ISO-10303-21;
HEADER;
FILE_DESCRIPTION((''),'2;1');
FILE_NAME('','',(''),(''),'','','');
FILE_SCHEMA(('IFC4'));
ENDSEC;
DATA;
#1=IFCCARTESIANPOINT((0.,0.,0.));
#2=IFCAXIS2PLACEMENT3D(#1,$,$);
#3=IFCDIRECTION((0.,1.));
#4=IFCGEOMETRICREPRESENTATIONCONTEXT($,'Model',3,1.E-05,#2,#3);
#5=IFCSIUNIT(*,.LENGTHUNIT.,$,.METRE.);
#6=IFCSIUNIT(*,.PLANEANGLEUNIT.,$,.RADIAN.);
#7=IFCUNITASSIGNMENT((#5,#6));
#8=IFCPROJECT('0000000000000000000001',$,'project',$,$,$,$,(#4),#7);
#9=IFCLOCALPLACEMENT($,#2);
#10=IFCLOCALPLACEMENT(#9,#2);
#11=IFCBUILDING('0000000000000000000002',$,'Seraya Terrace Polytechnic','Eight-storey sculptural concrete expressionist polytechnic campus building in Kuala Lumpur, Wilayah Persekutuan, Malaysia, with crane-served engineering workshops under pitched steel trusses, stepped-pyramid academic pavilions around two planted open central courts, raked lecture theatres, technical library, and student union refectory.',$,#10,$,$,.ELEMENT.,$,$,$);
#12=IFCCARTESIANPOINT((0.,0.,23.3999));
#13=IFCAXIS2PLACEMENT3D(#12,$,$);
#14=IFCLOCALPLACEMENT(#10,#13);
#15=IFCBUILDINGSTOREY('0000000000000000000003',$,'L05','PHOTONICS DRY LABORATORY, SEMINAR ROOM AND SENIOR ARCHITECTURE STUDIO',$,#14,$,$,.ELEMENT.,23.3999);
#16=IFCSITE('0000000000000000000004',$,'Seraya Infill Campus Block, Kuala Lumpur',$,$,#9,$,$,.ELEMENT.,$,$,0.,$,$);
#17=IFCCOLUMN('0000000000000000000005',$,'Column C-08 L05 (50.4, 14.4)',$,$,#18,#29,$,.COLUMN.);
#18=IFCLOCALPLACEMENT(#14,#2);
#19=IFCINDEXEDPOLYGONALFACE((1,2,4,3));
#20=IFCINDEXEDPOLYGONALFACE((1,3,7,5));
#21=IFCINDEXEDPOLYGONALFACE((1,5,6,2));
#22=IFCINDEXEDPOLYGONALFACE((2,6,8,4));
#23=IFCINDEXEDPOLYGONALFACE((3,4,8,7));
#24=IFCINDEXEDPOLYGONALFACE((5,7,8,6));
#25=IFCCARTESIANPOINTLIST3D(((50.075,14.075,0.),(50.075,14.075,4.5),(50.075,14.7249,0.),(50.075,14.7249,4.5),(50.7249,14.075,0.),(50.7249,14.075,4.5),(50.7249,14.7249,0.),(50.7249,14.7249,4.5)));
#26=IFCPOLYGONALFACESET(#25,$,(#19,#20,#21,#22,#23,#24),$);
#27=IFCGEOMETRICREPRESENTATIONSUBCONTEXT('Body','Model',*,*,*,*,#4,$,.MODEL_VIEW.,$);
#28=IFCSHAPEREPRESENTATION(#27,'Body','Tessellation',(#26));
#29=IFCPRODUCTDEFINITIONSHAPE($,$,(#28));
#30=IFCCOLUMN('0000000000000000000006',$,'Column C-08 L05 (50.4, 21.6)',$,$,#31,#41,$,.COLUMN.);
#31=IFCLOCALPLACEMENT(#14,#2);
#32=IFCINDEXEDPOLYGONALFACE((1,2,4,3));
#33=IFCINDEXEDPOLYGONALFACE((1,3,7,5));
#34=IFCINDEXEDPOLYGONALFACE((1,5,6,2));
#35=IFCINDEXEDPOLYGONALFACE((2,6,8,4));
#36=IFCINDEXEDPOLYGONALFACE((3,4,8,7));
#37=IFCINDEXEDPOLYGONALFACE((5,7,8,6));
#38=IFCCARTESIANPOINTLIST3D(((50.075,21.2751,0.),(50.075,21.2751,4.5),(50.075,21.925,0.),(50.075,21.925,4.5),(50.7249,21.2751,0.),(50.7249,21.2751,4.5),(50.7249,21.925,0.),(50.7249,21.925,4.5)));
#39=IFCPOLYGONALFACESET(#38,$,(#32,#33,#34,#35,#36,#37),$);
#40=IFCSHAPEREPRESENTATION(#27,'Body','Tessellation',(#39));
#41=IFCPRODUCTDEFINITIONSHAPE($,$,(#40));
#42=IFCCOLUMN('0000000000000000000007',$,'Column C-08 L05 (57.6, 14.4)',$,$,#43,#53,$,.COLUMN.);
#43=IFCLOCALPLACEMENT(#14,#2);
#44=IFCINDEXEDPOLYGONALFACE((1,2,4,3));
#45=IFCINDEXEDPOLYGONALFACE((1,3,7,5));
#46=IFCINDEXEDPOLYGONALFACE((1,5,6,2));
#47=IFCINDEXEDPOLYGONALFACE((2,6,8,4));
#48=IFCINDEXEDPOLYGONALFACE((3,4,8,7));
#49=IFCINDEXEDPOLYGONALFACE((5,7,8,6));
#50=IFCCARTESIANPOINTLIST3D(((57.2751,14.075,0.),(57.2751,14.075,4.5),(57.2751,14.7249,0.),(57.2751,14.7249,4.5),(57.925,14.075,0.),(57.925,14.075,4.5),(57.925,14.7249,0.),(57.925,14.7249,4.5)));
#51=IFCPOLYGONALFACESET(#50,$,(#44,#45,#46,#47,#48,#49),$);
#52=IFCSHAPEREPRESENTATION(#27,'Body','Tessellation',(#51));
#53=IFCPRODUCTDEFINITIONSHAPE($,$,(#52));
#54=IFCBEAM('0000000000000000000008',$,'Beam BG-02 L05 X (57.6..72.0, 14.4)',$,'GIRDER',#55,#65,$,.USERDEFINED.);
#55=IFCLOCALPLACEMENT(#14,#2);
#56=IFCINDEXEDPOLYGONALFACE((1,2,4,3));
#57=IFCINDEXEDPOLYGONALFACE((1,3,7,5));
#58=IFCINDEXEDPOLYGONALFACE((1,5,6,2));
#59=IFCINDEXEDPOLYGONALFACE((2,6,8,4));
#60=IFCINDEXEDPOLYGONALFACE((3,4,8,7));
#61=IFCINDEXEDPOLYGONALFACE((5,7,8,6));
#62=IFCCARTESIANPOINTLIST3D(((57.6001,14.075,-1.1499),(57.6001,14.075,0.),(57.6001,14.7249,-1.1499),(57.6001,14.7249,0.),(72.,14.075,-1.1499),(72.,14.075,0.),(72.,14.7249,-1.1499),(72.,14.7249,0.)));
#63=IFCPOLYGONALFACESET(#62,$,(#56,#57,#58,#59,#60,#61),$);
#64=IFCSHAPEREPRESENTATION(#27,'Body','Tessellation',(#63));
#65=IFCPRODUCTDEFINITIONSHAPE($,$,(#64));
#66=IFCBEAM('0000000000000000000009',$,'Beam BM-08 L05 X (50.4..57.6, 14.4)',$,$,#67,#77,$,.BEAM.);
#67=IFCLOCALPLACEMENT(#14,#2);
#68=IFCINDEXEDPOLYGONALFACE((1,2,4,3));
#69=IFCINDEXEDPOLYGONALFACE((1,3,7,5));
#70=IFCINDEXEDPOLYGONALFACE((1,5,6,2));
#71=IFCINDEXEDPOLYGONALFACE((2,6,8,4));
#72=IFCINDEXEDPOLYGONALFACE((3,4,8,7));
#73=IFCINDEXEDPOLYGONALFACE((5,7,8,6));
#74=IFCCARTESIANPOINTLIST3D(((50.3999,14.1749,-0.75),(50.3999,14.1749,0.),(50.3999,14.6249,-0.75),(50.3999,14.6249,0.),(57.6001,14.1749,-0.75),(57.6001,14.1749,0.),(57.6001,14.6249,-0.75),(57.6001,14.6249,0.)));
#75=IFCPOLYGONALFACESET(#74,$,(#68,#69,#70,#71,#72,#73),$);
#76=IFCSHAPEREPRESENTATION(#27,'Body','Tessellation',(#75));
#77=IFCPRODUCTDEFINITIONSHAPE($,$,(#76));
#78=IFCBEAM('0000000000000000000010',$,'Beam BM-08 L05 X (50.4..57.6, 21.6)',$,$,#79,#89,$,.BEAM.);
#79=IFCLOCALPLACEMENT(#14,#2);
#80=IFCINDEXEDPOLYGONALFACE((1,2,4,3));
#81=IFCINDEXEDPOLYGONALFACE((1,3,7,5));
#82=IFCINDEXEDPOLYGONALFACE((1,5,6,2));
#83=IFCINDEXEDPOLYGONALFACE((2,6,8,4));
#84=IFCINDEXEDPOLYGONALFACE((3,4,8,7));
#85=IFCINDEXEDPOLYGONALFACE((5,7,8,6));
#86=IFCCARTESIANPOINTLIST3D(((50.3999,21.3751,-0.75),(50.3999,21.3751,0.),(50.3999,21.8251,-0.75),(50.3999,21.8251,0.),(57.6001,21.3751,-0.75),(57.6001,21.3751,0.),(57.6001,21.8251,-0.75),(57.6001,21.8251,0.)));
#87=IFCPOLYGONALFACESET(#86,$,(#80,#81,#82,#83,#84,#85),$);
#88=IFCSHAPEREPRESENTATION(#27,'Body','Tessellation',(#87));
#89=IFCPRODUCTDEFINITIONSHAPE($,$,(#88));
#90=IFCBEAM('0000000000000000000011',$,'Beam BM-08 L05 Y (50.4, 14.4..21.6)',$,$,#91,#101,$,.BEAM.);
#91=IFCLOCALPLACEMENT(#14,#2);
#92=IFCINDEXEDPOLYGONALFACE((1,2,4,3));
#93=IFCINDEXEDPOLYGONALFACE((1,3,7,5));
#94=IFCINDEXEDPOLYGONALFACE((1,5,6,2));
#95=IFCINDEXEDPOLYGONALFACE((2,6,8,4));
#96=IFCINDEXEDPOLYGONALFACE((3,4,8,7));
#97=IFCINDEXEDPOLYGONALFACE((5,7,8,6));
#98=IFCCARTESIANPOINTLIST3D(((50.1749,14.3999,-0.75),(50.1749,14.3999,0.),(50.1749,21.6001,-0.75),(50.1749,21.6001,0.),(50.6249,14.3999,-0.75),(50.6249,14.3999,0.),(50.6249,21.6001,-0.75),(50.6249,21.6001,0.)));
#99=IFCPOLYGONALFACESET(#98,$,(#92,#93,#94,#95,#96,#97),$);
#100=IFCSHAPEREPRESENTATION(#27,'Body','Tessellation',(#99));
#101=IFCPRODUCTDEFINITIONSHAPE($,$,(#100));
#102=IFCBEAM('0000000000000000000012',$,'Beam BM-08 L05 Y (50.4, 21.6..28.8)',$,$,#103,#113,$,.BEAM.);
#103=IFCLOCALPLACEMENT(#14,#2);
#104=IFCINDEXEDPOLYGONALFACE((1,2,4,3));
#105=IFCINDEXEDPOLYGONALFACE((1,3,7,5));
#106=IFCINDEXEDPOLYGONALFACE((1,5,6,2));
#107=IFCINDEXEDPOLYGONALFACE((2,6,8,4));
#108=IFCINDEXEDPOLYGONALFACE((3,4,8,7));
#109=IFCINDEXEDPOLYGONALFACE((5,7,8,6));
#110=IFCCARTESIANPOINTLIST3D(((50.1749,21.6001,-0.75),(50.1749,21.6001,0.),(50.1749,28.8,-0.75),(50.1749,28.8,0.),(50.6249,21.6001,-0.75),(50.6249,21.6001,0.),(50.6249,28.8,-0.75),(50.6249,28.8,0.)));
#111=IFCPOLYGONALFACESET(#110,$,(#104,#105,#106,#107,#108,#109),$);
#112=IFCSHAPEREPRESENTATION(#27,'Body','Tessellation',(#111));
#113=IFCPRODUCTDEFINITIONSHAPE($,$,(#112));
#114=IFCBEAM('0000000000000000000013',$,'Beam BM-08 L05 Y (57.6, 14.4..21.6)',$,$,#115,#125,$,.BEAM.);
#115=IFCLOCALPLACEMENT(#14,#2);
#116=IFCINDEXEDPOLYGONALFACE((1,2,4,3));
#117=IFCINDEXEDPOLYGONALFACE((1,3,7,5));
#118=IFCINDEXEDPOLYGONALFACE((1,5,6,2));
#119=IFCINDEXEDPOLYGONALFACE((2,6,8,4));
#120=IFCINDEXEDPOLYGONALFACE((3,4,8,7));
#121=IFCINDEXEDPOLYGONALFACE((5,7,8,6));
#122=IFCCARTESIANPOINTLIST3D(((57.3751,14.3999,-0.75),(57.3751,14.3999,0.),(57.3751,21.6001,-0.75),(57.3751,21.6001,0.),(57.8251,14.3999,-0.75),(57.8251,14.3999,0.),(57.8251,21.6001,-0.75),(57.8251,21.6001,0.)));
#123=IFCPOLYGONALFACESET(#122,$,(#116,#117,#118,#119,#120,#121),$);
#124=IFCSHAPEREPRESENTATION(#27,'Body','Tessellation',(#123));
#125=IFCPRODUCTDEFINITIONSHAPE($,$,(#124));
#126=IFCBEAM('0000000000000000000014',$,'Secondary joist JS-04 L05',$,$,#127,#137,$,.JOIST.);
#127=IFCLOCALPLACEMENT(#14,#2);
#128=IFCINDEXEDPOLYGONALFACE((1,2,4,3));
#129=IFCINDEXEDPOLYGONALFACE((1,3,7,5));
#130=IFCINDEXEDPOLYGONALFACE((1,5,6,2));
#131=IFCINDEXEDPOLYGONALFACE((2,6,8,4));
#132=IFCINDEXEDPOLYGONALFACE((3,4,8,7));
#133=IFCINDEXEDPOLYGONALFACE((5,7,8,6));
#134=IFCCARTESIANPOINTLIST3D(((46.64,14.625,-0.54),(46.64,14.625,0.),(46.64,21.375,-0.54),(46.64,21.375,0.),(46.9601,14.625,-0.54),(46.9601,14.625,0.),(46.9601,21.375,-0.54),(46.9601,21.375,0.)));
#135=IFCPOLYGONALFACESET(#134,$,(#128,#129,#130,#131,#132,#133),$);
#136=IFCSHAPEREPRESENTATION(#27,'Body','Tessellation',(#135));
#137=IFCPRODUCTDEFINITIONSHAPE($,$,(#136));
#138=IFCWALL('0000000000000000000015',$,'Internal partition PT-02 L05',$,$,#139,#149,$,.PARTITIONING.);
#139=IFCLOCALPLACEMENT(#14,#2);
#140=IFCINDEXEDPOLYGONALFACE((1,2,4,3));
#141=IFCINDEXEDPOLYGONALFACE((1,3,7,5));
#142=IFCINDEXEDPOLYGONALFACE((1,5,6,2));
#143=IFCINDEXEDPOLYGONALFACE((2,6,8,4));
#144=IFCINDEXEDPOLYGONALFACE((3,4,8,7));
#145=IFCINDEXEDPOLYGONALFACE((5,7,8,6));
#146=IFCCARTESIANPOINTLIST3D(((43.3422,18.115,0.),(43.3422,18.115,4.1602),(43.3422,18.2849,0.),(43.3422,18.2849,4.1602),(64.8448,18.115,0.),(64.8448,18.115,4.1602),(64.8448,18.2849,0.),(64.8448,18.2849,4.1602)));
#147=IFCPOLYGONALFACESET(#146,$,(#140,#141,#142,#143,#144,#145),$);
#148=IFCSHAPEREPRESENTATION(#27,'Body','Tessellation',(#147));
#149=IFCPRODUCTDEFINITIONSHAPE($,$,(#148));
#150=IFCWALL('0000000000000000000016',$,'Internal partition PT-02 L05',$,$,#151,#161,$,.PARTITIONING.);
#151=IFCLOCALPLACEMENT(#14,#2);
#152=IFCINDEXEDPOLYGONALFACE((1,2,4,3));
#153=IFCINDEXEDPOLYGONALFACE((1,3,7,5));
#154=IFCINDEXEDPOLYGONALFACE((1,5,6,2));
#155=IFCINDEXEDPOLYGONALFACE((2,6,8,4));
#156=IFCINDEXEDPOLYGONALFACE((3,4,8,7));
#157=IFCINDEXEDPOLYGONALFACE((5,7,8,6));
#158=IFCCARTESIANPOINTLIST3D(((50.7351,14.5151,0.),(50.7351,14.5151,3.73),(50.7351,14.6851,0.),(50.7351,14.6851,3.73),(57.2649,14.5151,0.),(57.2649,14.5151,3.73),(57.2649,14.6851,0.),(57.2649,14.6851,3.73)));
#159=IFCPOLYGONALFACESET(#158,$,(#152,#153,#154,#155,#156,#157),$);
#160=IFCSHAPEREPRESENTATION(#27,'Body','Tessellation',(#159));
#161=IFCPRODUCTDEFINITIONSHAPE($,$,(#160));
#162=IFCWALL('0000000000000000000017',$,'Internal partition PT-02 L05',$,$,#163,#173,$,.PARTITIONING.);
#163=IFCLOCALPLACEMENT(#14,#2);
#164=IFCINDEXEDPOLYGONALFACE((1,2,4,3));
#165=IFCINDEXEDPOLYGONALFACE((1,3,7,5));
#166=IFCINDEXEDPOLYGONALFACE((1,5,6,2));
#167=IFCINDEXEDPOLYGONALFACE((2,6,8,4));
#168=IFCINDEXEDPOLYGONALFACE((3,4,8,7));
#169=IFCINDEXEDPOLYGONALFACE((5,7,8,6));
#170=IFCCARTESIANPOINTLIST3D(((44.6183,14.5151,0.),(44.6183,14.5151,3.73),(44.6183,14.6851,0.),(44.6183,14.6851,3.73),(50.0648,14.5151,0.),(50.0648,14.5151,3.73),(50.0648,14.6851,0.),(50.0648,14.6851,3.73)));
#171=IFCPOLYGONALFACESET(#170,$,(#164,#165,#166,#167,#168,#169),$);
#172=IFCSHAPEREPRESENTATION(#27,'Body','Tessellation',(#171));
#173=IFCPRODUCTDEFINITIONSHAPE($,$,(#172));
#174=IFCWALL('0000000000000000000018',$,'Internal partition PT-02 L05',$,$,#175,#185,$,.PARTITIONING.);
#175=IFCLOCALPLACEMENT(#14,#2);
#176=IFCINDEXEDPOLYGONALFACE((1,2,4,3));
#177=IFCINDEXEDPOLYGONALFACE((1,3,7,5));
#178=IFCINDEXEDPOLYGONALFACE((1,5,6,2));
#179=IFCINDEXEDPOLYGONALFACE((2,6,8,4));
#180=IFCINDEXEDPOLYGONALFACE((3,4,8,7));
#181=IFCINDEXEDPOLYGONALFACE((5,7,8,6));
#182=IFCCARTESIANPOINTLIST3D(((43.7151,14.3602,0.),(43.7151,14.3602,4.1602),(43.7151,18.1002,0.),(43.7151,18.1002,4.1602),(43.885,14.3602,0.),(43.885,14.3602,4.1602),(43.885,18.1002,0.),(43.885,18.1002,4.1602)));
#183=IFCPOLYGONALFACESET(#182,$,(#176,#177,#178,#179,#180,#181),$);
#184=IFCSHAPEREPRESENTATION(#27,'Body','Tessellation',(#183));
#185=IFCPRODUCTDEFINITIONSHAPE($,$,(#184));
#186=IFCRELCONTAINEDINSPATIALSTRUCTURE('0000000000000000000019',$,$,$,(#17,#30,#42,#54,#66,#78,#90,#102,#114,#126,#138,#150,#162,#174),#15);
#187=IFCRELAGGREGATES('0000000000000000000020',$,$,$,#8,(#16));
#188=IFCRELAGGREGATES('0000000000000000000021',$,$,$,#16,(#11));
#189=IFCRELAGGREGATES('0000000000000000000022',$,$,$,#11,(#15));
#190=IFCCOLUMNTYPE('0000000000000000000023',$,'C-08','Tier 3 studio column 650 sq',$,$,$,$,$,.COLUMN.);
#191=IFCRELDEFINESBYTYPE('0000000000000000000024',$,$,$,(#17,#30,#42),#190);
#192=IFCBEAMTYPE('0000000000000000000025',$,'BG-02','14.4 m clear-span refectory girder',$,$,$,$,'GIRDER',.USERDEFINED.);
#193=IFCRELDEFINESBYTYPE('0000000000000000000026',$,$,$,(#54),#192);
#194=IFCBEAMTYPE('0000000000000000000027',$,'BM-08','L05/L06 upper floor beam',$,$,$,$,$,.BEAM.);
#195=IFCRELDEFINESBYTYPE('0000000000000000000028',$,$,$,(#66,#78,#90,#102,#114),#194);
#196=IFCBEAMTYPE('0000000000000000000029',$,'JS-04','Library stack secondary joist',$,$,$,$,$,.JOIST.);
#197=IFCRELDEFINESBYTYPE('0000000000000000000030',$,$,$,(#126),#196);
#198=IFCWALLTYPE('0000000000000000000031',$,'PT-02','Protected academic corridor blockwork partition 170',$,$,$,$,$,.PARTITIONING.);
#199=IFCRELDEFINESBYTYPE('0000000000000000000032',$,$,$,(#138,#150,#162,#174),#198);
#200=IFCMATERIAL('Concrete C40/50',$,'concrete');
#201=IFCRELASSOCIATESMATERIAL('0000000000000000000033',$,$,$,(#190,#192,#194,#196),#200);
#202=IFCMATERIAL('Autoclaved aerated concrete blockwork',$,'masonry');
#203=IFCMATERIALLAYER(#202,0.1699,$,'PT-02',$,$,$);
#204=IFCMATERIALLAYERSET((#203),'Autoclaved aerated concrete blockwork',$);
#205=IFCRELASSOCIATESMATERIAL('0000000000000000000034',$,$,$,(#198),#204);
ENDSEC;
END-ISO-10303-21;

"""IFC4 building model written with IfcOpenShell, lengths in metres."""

from ifc_helpers import new_model, si_unit, direction, frame, frame_2d, origin, origin_2d, place, context, subcontext, project, spatial, rectangle, extrude, material, layer, layer_set, material_profile, profile_set, type_object, element, save


model = new_model("IFC4")

# Units and contexts
model_context = context("Model", 3, precision=1e-05, world=origin(), true_north=direction((0.0, 1.0)))
body_context = subcontext(model_context, "Body", "Model", "MODEL_VIEW")
ifc_project = project(units=[si_unit("LENGTHUNIT", "METRE"), si_unit("PLANEANGLEUNIT", "RADIAN")], contexts=[model_context])

# Site, building, storey
site_placement = place(None, origin())
site = spatial("IfcSite", under=ifc_project, at=site_placement, Name="Seraya Infill Campus Block, Kuala Lumpur", CompositionType="ELEMENT", RefElevation=0.0)
building_placement = place(site_placement, origin())
building = spatial("IfcBuilding", under=site, at=building_placement, Name="Seraya Terrace Polytechnic", Description="Eight-storey sculptural concrete expressionist polytechnic campus building in Kuala Lumpur, Wilayah Persekutuan, Malaysia, with crane-served engineering workshops under pitched steel trusses, stepped-pyramid academic pavilions around two planted open central courts, raked lecture theatres, technical library, and student union refectory.", CompositionType="ELEMENT")
storey_placement = place(building_placement, frame((0.0, 0.0, 23.3999)))
storey = spatial("IfcBuildingStorey", under=building, at=storey_placement, Name="L05", Description="PHOTONICS DRY LABORATORY, SEMINAR ROOM AND SENIOR ARCHITECTURE STUDIO", CompositionType="ELEMENT", Elevation=23.3999)

# Columns
ifc_material_1 = material(Name="Concrete C40/50", Category="concrete")
ifc_material_profile_1 = material_profile(ifc_material_1, rectangle(XDim=0.6499, YDim=0.6499, at=origin_2d()), Name="RC 650x650")
ifc_profile_set_1 = profile_set([ifc_material_profile_1], Name="Concrete C40/50")
column_type = type_object("IfcColumnType", Name="C-08", Description="Tier 3 studio column 650 sq", PredefinedType="COLUMN", material=ifc_profile_set_1)
for number, where, z_axis, x_axis, name in (
    (1, (50.3999, 14.3999, 0.0), (0.0, 0.0, 1.0), (1.0, 0.0, 0.0), "Column C-08 L05 (50.4, 14.4)"),
    (2, (50.3999, 21.6001, 0.0), (0.0, 0.0, 1.0), (1.0, 0.0, 0.0), "Column C-08 L05 (50.4, 21.6)"),
    (3, (57.6001, 14.3999, 0.0), (0.0, 0.0, 1.0), (1.0, 0.0, 0.0), "Column C-08 L05 (57.6, 14.4)"),
):
    element("IfcColumn", number, at=place(storey_placement, frame(where, z_axis=z_axis, x_axis=x_axis)), inside=storey, type_object=column_type, Name=name, PredefinedType="COLUMN", context=body_context, shape_type="SweptSolid", body=[
        extrude(rectangle(XDim=0.6499, YDim=0.6499, at=origin_2d()), origin(), (0.0, 0.0, 1.0), 4.5),
    ])

# Beams
ifc_material_profile_2 = material_profile(ifc_material_1, rectangle(XDim=0.6499, YDim=1.1499, at=origin_2d()), Name="RC 650x1150")
ifc_profile_set_2 = profile_set([ifc_material_profile_2], Name="Concrete C40/50")
beam_type_1 = type_object("IfcBeamType", Name="BG-02", Description="14.4 m clear-span refectory girder", ElementType="GIRDER", PredefinedType="USERDEFINED", material=ifc_profile_set_2)
beam_1_placement = place(storey_placement, frame((57.6001, 14.3999, -0.575), z_axis=(1.0, 0.0, 0.0), x_axis=(0.0, 1.0, 0.0)))
element("IfcBeam", 4, at=beam_1_placement, inside=storey, type_object=beam_type_1, Name="Beam BG-02 L05 X (57.6..72.0, 14.4)", ObjectType="GIRDER", PredefinedType="USERDEFINED", context=body_context, shape_type="SweptSolid", body=[
    extrude(rectangle(XDim=0.6499, YDim=1.1499, at=origin_2d()), origin(), (0.0, 0.0, 1.0), 14.3999),
])
ifc_material_profile_3 = material_profile(ifc_material_1, rectangle(XDim=0.45, YDim=0.75, at=origin_2d()), Name="RC 450x750")
ifc_profile_set_3 = profile_set([ifc_material_profile_3], Name="Concrete C40/50")
beam_type_2 = type_object("IfcBeamType", Name="BM-08", Description="L05/L06 upper floor beam", PredefinedType="BEAM", material=ifc_profile_set_3)
for number, where, z_axis, x_axis, name in (
    (5, (50.3999, 14.3999, -0.375), (1.0, 0.0, 0.0), (0.0, 1.0, 0.0), "Beam BM-08 L05 X (50.4..57.6, 14.4)"),
    (6, (50.3999, 21.6001, -0.375), (1.0, 0.0, 0.0), (0.0, 1.0, 0.0), "Beam BM-08 L05 X (50.4..57.6, 21.6)"),
    (7, (50.3999, 14.3999, -0.375), (0.0, 1.0, 0.0), (-1.0, 0.0, 0.0), "Beam BM-08 L05 Y (50.4, 14.4..21.6)"),
):
    element("IfcBeam", number, at=place(storey_placement, frame(where, z_axis=z_axis, x_axis=x_axis)), inside=storey, type_object=beam_type_2, Name=name, PredefinedType="BEAM", context=body_context, shape_type="SweptSolid", body=[
        extrude(rectangle(XDim=0.45, YDim=0.75, at=origin_2d()), origin(), (0.0, 0.0, 1.0), 7.2002),
    ])
beam_2_placement = place(storey_placement, frame((50.3999, 21.6001, -0.375), z_axis=(0.0, 1.0, 0.0), x_axis=(-1.0, 0.0, 0.0)))
element("IfcBeam", 8, at=beam_2_placement, inside=storey, type_object=beam_type_2, Name="Beam BM-08 L05 Y (50.4, 21.6..28.8)", PredefinedType="BEAM", context=body_context, shape_type="SweptSolid", body=[
    extrude(rectangle(XDim=0.45, YDim=0.75, at=origin_2d()), origin(), (0.0, 0.0, 1.0), 7.2),
])
beam_3_placement = place(storey_placement, frame((57.6001, 14.3999, -0.375), z_axis=(0.0, 1.0, 0.0), x_axis=(-1.0, 0.0, 0.0)))
element("IfcBeam", 9, at=beam_3_placement, inside=storey, type_object=beam_type_2, Name="Beam BM-08 L05 Y (57.6, 14.4..21.6)", PredefinedType="BEAM", context=body_context, shape_type="SweptSolid", body=[
    extrude(rectangle(XDim=0.45, YDim=0.75, at=origin_2d()), origin(), (0.0, 0.0, 1.0), 7.2002),
])
ifc_material_profile_4 = material_profile(ifc_material_1, rectangle(XDim=0.3201, YDim=0.54, at=origin_2d()), Name="RC 320x540")
ifc_profile_set_4 = profile_set([ifc_material_profile_4], Name="Concrete C40/50")
beam_type_3 = type_object("IfcBeamType", Name="JS-04", Description="Library stack secondary joist", PredefinedType="JOIST", material=ifc_profile_set_4)
beam_4_placement = place(storey_placement, frame((46.8, 14.625, -0.27), z_axis=(0.0, 1.0, 0.0), x_axis=(-1.0, 0.0, 0.0)))
element("IfcBeam", 10, at=beam_4_placement, inside=storey, type_object=beam_type_3, Name="Secondary joist JS-04 L05", PredefinedType="JOIST", context=body_context, shape_type="SweptSolid", body=[
    extrude(rectangle(XDim=0.3201, YDim=0.54, at=origin_2d()), origin(), (0.0, 0.0, 1.0), 6.75),
])

# Walls
ifc_material_2 = material(Name="Autoclaved aerated concrete blockwork", Category="masonry")
ifc_layer_1 = layer(ifc_material_2, 0.1699, Name="PT-02")
ifc_layer_set_1 = layer_set([ifc_layer_1], Name="Autoclaved aerated concrete blockwork")
wall_type_1 = type_object("IfcWallType", Name="PT-02", Description="Protected academic corridor blockwork partition 170", PredefinedType="PARTITIONING", material=ifc_layer_set_1)
wall_1_placement = place(storey_placement, frame((43.342, 18.2, 0.0), z_axis=(0.0, 0.0, 1.0), x_axis=(1.0, 0.0, 0.0)))
element("IfcWall", 11, at=wall_1_placement, inside=storey, type_object=wall_type_1, Name="Internal partition PT-02 L05", PredefinedType="PARTITIONING", context=body_context, shape_type="SweptSolid", body=[
    extrude(rectangle(XDim=21.5027, YDim=0.1699, at=frame_2d((10.7515, 0.0))), origin(), (0.0, 0.0, 1.0), 4.1602),
])
wall_2_placement = place(storey_placement, frame((50.7351, 14.6001, 0.0), z_axis=(0.0, 0.0, 1.0), x_axis=(1.0, 0.0, 0.0)))
element("IfcWall", 12, at=wall_2_placement, inside=storey, type_object=wall_type_1, Name="Internal partition PT-02 L05", PredefinedType="PARTITIONING", context=body_context, shape_type="SweptSolid", body=[
    extrude(rectangle(XDim=6.5298, YDim=0.1699, at=frame_2d((3.2649, 0.0))), origin(), (0.0, 0.0, 1.0), 3.73),
])
wall_3_placement = place(storey_placement, frame((44.6184, 14.6001, 0.0), z_axis=(0.0, 0.0, 1.0), x_axis=(1.0, 0.0, 0.0)))
element("IfcWall", 13, at=wall_3_placement, inside=storey, type_object=wall_type_1, Name="Internal partition PT-02 L05", PredefinedType="PARTITIONING", context=body_context, shape_type="SweptSolid", body=[
    extrude(rectangle(XDim=5.4465, YDim=0.1699, at=frame_2d((2.7231, 0.0))), origin(), (0.0, 0.0, 1.0), 3.73),
])
wall_4_placement = place(storey_placement, frame((43.8, 14.3601, 0.0), z_axis=(0.0, 0.0, 1.0), x_axis=(0.0, 1.0, 0.0)))
element("IfcWall", 14, at=wall_4_placement, inside=storey, type_object=wall_type_1, Name="Internal partition PT-02 L05", PredefinedType="PARTITIONING", context=body_context, shape_type="SweptSolid", body=[
    extrude(rectangle(XDim=3.74, YDim=0.1699, at=frame_2d((1.8701, 0.0))), origin(), (0.0, 0.0, 1.0), 4.1602),
])

save(model, "model.ifc")
